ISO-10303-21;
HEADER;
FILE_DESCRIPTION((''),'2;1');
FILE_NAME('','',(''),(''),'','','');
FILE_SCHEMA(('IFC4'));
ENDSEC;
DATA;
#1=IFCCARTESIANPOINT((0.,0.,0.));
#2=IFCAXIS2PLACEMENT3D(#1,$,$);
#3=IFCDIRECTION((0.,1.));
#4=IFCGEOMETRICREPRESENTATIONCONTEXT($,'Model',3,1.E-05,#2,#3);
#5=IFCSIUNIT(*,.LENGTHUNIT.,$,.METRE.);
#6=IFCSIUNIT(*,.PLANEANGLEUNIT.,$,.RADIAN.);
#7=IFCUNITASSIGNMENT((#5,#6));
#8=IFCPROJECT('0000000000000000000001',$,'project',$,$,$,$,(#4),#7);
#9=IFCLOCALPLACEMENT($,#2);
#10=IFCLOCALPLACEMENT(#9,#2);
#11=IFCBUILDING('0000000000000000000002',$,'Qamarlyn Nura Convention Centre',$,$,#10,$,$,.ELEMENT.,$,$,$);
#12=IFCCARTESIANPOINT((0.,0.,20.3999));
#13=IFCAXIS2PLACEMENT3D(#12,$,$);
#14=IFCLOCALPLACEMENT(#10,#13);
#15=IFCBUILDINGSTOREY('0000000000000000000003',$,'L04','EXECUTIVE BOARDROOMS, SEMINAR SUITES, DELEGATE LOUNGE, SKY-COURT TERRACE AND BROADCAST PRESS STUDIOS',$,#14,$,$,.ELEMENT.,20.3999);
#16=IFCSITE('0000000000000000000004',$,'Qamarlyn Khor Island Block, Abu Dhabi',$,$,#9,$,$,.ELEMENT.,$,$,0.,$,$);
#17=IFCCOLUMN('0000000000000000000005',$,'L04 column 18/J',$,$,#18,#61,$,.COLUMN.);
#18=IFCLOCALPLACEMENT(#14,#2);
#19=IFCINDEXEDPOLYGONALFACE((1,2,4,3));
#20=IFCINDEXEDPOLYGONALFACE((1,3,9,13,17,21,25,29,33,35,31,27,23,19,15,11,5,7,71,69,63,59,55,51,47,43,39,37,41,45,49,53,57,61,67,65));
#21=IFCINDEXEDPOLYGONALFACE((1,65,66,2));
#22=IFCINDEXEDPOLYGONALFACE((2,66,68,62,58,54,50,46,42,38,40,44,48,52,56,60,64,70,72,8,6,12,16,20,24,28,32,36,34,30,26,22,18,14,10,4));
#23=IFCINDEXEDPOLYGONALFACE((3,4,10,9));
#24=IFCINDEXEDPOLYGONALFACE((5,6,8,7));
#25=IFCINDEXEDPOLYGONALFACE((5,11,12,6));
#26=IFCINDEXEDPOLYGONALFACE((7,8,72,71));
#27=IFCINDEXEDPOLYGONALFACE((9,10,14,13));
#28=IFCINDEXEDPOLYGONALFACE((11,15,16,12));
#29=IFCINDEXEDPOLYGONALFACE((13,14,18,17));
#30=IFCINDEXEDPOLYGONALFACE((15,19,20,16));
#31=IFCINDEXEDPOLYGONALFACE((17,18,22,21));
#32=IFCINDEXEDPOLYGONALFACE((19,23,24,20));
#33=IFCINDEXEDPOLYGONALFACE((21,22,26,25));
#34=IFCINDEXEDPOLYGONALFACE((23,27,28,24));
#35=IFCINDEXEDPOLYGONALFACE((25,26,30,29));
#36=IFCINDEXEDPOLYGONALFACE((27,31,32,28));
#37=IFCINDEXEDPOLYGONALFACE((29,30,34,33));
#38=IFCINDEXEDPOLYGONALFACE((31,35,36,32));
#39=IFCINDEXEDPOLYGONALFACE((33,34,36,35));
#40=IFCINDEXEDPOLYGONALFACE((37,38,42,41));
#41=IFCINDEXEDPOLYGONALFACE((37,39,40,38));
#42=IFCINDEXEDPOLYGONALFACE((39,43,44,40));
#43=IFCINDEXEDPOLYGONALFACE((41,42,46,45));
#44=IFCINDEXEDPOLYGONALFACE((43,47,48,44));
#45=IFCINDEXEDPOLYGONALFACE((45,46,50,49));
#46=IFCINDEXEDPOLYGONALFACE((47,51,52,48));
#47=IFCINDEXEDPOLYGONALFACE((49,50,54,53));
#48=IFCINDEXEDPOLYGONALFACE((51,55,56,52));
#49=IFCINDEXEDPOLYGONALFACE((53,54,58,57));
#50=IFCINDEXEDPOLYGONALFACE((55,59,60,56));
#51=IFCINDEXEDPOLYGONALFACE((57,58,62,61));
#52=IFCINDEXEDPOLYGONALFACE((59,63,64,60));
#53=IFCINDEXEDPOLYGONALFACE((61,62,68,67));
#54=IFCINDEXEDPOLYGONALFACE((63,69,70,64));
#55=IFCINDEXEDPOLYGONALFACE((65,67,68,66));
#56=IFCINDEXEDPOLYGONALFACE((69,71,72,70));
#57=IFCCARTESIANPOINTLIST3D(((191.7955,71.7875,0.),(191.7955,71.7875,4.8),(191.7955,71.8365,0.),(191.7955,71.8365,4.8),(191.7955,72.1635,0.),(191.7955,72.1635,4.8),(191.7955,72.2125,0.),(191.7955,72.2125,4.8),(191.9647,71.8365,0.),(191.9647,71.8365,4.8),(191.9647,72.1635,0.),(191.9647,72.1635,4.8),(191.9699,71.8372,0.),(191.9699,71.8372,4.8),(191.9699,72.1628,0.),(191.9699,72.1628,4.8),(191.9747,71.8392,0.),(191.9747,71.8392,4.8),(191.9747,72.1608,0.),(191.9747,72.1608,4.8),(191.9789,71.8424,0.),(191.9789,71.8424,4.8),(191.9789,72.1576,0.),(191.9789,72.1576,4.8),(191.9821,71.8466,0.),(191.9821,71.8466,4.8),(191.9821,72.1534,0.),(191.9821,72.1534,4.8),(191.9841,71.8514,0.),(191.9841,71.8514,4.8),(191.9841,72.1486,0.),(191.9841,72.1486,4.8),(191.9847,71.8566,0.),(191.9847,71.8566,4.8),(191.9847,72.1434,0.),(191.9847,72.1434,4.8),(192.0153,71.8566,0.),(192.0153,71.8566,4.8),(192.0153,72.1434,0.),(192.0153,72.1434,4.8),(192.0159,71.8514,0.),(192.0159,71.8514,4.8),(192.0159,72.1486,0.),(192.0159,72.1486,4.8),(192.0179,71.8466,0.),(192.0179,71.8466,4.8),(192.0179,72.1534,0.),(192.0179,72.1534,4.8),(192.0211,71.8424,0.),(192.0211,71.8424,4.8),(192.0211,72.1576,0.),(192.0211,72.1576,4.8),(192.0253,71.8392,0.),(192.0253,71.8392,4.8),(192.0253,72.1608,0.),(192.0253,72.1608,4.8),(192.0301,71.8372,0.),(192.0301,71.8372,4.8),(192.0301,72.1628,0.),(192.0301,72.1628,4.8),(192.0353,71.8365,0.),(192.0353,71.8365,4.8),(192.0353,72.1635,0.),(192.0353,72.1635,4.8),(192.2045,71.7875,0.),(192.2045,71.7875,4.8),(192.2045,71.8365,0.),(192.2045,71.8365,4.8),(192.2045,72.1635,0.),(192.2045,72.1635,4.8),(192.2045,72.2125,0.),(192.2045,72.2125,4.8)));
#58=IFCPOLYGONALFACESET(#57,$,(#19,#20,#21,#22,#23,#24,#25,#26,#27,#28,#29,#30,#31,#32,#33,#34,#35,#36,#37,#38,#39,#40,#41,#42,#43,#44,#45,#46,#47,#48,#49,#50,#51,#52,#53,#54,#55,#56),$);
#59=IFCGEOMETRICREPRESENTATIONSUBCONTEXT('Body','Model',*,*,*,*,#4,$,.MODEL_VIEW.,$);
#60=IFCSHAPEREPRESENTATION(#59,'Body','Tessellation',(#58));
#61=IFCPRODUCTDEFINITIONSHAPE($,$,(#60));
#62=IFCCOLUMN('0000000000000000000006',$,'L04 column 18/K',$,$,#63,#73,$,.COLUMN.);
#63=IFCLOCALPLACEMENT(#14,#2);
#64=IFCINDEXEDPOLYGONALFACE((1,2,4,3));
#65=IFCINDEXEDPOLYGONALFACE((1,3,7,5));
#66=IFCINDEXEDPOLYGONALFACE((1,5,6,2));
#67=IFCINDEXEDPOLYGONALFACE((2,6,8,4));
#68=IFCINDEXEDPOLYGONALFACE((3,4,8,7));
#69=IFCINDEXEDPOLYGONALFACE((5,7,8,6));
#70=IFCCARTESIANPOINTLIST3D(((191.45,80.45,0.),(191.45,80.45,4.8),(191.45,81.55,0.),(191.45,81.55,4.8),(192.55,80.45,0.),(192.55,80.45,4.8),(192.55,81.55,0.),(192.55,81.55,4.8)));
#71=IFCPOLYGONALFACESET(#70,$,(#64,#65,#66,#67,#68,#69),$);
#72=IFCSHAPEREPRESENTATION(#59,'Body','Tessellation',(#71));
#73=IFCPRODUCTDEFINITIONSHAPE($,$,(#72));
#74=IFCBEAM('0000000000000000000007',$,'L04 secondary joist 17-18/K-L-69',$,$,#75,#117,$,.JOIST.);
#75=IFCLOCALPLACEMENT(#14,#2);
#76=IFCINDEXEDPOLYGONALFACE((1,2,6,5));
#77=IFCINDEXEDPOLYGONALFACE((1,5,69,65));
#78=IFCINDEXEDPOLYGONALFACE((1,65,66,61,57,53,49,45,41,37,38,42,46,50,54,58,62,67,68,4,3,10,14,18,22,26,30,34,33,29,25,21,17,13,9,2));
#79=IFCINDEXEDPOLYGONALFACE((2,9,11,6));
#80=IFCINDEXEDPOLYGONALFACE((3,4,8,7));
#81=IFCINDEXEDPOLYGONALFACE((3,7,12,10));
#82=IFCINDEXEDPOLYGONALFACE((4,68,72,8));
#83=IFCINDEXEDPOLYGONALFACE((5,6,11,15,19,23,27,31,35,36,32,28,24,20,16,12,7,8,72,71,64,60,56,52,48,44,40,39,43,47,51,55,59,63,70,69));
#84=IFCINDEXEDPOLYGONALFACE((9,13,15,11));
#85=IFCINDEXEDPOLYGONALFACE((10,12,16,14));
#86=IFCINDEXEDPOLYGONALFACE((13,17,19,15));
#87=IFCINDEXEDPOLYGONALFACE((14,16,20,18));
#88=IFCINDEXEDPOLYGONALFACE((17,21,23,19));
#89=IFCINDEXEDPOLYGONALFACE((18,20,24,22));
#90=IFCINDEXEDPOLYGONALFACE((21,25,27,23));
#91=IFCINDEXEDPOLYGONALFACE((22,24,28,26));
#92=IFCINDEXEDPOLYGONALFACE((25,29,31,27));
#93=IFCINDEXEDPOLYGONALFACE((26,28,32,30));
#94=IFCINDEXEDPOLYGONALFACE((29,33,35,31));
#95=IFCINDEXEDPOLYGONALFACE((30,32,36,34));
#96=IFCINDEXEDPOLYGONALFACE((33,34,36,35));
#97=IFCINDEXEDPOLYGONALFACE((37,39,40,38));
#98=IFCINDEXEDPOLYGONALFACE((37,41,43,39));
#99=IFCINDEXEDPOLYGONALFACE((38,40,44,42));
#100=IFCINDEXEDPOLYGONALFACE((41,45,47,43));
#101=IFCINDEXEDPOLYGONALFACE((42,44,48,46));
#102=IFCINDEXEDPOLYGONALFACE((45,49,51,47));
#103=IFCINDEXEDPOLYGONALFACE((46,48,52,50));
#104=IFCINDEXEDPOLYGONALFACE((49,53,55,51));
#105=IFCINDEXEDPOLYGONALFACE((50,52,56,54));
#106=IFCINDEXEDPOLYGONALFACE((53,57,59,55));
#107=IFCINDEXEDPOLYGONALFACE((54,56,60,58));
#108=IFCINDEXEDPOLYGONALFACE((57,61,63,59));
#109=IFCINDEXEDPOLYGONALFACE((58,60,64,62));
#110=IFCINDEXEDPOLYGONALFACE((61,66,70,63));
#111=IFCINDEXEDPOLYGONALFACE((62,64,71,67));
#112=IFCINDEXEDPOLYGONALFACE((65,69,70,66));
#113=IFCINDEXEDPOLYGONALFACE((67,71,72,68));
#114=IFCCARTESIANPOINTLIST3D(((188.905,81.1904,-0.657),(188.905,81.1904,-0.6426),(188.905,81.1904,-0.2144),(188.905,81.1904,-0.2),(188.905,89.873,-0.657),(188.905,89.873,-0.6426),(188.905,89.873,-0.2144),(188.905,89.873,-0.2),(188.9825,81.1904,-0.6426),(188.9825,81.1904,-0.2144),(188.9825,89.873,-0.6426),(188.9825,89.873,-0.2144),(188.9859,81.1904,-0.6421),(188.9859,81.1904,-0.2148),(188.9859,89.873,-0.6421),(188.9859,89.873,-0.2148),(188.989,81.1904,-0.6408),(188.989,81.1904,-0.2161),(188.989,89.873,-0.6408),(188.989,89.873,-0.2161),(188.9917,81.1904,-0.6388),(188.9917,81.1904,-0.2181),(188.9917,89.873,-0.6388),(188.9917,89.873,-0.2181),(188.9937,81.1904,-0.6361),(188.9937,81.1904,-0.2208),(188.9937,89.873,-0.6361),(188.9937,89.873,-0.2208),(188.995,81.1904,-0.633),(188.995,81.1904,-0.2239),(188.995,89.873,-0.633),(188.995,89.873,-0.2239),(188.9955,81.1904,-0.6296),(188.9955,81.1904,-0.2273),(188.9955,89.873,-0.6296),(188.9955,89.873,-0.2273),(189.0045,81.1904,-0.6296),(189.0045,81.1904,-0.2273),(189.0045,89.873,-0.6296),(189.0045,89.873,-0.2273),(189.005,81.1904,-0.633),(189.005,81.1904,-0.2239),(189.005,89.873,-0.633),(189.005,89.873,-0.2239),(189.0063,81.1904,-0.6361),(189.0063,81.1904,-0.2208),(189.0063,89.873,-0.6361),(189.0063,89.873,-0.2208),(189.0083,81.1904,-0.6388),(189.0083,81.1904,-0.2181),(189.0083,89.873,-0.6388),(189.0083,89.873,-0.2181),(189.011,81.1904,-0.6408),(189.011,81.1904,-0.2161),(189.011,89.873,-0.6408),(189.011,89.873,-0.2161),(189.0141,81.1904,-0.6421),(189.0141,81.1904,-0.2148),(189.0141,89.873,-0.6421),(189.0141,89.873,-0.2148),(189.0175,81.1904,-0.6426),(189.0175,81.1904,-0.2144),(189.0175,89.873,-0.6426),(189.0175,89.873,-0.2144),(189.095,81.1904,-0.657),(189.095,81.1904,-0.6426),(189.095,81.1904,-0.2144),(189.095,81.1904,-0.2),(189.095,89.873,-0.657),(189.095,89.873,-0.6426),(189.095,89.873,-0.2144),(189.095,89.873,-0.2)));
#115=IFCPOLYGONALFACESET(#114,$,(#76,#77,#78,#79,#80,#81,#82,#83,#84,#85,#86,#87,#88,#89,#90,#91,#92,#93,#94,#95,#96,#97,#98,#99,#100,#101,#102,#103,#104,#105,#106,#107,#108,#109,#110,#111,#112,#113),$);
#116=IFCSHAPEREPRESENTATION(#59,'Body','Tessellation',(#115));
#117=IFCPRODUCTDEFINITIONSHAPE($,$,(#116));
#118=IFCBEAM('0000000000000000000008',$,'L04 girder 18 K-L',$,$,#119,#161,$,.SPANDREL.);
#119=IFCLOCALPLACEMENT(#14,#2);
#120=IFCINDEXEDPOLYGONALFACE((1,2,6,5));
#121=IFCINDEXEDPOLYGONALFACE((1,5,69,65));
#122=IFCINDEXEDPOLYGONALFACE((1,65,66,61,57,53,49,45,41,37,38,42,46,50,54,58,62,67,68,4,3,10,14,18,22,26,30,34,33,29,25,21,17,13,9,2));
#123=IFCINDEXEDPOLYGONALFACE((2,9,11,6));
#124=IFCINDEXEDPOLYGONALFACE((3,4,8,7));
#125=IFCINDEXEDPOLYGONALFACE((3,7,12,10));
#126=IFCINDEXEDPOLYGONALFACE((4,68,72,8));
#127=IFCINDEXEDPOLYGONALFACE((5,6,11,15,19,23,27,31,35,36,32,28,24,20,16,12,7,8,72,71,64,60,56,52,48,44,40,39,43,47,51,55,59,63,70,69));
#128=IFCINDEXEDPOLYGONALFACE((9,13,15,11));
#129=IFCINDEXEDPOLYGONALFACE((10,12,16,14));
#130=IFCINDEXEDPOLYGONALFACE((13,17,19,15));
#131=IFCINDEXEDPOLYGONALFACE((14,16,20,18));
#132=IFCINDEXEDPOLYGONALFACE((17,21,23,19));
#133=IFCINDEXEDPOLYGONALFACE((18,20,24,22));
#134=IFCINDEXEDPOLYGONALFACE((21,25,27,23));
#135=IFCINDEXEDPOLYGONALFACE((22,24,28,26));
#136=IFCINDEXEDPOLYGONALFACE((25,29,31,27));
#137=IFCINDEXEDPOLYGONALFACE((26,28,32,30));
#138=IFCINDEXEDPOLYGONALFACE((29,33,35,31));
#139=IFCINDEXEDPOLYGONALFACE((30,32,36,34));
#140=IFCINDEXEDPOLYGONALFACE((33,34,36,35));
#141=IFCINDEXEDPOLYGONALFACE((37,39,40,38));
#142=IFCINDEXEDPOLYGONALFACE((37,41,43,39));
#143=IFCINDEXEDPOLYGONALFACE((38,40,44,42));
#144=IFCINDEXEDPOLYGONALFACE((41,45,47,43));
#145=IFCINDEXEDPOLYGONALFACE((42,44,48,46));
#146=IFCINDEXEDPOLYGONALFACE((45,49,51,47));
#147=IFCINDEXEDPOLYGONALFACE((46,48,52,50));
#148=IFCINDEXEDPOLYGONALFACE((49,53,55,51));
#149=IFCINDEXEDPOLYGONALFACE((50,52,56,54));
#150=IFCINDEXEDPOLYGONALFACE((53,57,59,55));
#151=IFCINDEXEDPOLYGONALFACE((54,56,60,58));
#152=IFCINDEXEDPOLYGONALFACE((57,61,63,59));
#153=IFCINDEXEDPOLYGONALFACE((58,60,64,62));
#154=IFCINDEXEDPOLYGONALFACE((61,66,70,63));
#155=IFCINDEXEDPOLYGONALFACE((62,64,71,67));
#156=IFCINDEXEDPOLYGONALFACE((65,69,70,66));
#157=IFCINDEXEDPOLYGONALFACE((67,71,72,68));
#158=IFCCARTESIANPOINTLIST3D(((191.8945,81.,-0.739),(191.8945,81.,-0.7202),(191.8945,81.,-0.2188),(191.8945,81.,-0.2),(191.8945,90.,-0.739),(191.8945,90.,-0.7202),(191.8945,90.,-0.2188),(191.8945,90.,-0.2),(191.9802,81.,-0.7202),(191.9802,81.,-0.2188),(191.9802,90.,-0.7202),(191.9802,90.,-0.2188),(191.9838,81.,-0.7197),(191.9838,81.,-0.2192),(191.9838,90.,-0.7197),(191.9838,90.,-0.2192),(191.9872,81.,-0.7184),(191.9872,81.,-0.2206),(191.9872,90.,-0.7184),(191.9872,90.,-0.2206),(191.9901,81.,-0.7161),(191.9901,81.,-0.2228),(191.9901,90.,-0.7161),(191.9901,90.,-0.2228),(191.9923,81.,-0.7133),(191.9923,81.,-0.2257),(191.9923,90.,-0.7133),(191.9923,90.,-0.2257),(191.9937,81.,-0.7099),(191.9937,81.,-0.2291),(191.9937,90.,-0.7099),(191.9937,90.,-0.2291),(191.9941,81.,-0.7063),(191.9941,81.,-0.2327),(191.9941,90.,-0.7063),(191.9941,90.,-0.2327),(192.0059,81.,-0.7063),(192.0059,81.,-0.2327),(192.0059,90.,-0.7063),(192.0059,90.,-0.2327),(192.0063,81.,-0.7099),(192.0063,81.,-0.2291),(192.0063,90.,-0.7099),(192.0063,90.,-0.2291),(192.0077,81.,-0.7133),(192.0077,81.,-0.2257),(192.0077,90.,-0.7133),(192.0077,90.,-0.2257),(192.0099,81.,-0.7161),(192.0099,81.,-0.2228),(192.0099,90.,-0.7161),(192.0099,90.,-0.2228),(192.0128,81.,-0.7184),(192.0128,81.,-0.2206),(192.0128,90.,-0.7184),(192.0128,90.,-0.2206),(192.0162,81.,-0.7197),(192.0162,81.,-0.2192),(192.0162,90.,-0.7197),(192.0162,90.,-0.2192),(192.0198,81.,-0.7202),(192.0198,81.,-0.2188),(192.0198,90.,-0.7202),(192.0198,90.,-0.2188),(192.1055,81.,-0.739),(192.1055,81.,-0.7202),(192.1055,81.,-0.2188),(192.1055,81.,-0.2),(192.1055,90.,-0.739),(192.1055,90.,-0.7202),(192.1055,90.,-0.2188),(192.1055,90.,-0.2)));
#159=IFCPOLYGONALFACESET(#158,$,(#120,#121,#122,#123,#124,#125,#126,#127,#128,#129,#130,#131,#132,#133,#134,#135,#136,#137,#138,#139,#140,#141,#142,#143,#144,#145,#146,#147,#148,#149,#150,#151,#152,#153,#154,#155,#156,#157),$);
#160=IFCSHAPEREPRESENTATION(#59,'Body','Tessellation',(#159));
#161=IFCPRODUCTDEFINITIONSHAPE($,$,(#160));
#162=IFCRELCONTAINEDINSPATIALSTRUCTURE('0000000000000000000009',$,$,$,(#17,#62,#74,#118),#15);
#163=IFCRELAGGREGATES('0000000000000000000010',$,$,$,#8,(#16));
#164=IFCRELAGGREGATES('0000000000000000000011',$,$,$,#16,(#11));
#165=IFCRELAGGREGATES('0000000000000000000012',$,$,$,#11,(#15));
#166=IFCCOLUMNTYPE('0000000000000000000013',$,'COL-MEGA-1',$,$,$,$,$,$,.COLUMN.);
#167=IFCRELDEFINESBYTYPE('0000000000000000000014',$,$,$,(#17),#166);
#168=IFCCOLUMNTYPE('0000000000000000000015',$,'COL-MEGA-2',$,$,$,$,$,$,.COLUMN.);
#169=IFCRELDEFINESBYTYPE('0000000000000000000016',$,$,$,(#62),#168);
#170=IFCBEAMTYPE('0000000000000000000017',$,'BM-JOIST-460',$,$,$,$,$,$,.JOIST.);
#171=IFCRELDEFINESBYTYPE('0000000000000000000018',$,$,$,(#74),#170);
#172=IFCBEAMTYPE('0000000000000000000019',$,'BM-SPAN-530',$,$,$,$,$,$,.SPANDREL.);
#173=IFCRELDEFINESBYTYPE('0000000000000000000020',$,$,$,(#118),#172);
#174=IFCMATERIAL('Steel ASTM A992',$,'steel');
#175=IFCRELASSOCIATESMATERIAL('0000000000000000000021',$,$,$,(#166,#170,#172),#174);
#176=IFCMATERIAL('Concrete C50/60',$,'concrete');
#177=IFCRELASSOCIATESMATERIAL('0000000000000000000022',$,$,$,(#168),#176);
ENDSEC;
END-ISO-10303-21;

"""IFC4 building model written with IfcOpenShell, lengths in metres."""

from ifc_helpers import new_model, si_unit, direction, frame, origin, origin_2d, place, context, subcontext, project, spatial, rectangle, i_section, extrude, material, material_profile, profile_set, type_object, element, save


model = new_model("IFC4")

# Units and contexts
model_context = context("Model", 3, precision=1e-05, world=origin(), true_north=direction((0.0, 1.0)))
body_context = subcontext(model_context, "Body", "Model", "MODEL_VIEW")
ifc_project = project(units=[si_unit("LENGTHUNIT", "METRE"), si_unit("PLANEANGLEUNIT", "RADIAN")], contexts=[model_context])

# Site, building, storey
site_placement = place(None, origin())
site = spatial("IfcSite", under=ifc_project, at=site_placement, Name="Qamarlyn Khor Island Block, Abu Dhabi", CompositionType="ELEMENT", RefElevation=0.0)
building_placement = place(site_placement, origin())
building = spatial("IfcBuilding", under=site, at=building_placement, Name="Qamarlyn Nura Convention Centre", CompositionType="ELEMENT")
storey_placement = place(building_placement, frame((0.0, 0.0, 20.3999)))
storey = spatial("IfcBuildingStorey", under=building, at=storey_placement, Name="L04", Description="EXECUTIVE BOARDROOMS, SEMINAR SUITES, DELEGATE LOUNGE, SKY-COURT TERRACE AND BROADCAST PRESS STUDIOS", CompositionType="ELEMENT", Elevation=20.3999)

# Columns
ifc_material_1 = material(Name="Steel ASTM A992", Category="steel")
ifc_material_profile_1 = material_profile(ifc_material_1, i_section(OverallWidth=0.4089, OverallDepth=0.425, WebThickness=0.0305, FlangeThickness=0.0491, FilletRadius=0.02, at=origin_2d()), Name="W360X421")
ifc_profile_set_1 = profile_set([ifc_material_profile_1], Name="Steel ASTM A992")
column_type_1 = type_object("IfcColumnType", Name="COL-MEGA-1", PredefinedType="COLUMN", material=ifc_profile_set_1)
column_1_placement = place(storey_placement, frame((192.0, 72.0, 0.0), z_axis=(0.0, 0.0, 1.0), x_axis=(1.0, 0.0, 0.0)))
element("IfcColumn", 1, at=column_1_placement, inside=storey, type_object=column_type_1, Name="L04 column 18/J", PredefinedType="COLUMN", context=body_context, shape_type="SweptSolid", body=[
    extrude(i_section(OverallWidth=0.4089, OverallDepth=0.425, WebThickness=0.0305, FlangeThickness=0.0491, FilletRadius=0.02, at=origin_2d()), origin(), (0.0, 0.0, 1.0), 4.8),
])
ifc_material_2 = material(Name="Concrete C50/60", Category="concrete")
ifc_material_profile_2 = material_profile(ifc_material_2, rectangle(XDim=1.1001, YDim=1.1001, at=origin_2d()), Name="RC 1100x1100")
ifc_profile_set_2 = profile_set([ifc_material_profile_2], Name="Concrete C50/60")
column_type_2 = type_object("IfcColumnType", Name="COL-MEGA-2", PredefinedType="COLUMN", material=ifc_profile_set_2)
column_2_placement = place(storey_placement, frame((192.0, 81.0, 0.0), z_axis=(0.0, 0.0, 1.0), x_axis=(1.0, 0.0, 0.0)))
element("IfcColumn", 2, at=column_2_placement, inside=storey, type_object=column_type_2, Name="L04 column 18/K", PredefinedType="COLUMN", context=body_context, shape_type="SweptSolid", body=[
    extrude(rectangle(XDim=1.1001, YDim=1.1001, at=origin_2d()), origin(), (0.0, 0.0, 1.0), 4.8),
])

# Beams
ifc_material_profile_3 = material_profile(ifc_material_1, i_section(OverallWidth=0.1899, OverallDepth=0.457, WebThickness=0.009, FlangeThickness=0.0144, FilletRadius=0.0129, at=origin_2d()), Name="W460X74")
ifc_profile_set_3 = profile_set([ifc_material_profile_3], Name="Steel ASTM A992")
beam_type_1 = type_object("IfcBeamType", Name="BM-JOIST-460", PredefinedType="JOIST", material=ifc_profile_set_3)
beam_1_placement = place(storey_placement, frame((189.0, 81.1904, -0.4285), z_axis=(0.0, 1.0, 0.0), x_axis=(-1.0, 0.0, 0.0)))
element("IfcBeam", 3, at=beam_1_placement, inside=storey, type_object=beam_type_1, Name="L04 secondary joist 17-18/K-L-69", PredefinedType="JOIST", context=body_context, shape_type="SweptSolid", body=[
    extrude(i_section(OverallWidth=0.1899, OverallDepth=0.457, WebThickness=0.009, FlangeThickness=0.0144, FilletRadius=0.0129, at=origin_2d()), origin(), (0.0, 0.0, 1.0), 8.6826),
])
ifc_material_profile_4 = material_profile(ifc_material_1, i_section(OverallWidth=0.2109, OverallDepth=0.5391, WebThickness=0.0117, FlangeThickness=0.0188, FilletRadius=0.0139, at=origin_2d()), Name="W530X109")
ifc_profile_set_4 = profile_set([ifc_material_profile_4], Name="Steel ASTM A992")
beam_type_2 = type_object("IfcBeamType", Name="BM-SPAN-530", PredefinedType="SPANDREL", material=ifc_profile_set_4)
beam_2_placement = place(storey_placement, frame((192.0, 81.0, -0.4695), z_axis=(0.0, 1.0, 0.0), x_axis=(-1.0, 0.0, 0.0)))
element("IfcBeam", 4, at=beam_2_placement, inside=storey, type_object=beam_type_2, Name="L04 girder 18 K-L", PredefinedType="SPANDREL", context=body_context, shape_type="SweptSolid", body=[
    extrude(i_section(OverallWidth=0.2109, OverallDepth=0.5391, WebThickness=0.0117, FlangeThickness=0.0188, FilletRadius=0.0139, at=origin_2d()), origin(), (0.0, 0.0, 1.0), 9.0),
])

save(model, "model.ifc")
